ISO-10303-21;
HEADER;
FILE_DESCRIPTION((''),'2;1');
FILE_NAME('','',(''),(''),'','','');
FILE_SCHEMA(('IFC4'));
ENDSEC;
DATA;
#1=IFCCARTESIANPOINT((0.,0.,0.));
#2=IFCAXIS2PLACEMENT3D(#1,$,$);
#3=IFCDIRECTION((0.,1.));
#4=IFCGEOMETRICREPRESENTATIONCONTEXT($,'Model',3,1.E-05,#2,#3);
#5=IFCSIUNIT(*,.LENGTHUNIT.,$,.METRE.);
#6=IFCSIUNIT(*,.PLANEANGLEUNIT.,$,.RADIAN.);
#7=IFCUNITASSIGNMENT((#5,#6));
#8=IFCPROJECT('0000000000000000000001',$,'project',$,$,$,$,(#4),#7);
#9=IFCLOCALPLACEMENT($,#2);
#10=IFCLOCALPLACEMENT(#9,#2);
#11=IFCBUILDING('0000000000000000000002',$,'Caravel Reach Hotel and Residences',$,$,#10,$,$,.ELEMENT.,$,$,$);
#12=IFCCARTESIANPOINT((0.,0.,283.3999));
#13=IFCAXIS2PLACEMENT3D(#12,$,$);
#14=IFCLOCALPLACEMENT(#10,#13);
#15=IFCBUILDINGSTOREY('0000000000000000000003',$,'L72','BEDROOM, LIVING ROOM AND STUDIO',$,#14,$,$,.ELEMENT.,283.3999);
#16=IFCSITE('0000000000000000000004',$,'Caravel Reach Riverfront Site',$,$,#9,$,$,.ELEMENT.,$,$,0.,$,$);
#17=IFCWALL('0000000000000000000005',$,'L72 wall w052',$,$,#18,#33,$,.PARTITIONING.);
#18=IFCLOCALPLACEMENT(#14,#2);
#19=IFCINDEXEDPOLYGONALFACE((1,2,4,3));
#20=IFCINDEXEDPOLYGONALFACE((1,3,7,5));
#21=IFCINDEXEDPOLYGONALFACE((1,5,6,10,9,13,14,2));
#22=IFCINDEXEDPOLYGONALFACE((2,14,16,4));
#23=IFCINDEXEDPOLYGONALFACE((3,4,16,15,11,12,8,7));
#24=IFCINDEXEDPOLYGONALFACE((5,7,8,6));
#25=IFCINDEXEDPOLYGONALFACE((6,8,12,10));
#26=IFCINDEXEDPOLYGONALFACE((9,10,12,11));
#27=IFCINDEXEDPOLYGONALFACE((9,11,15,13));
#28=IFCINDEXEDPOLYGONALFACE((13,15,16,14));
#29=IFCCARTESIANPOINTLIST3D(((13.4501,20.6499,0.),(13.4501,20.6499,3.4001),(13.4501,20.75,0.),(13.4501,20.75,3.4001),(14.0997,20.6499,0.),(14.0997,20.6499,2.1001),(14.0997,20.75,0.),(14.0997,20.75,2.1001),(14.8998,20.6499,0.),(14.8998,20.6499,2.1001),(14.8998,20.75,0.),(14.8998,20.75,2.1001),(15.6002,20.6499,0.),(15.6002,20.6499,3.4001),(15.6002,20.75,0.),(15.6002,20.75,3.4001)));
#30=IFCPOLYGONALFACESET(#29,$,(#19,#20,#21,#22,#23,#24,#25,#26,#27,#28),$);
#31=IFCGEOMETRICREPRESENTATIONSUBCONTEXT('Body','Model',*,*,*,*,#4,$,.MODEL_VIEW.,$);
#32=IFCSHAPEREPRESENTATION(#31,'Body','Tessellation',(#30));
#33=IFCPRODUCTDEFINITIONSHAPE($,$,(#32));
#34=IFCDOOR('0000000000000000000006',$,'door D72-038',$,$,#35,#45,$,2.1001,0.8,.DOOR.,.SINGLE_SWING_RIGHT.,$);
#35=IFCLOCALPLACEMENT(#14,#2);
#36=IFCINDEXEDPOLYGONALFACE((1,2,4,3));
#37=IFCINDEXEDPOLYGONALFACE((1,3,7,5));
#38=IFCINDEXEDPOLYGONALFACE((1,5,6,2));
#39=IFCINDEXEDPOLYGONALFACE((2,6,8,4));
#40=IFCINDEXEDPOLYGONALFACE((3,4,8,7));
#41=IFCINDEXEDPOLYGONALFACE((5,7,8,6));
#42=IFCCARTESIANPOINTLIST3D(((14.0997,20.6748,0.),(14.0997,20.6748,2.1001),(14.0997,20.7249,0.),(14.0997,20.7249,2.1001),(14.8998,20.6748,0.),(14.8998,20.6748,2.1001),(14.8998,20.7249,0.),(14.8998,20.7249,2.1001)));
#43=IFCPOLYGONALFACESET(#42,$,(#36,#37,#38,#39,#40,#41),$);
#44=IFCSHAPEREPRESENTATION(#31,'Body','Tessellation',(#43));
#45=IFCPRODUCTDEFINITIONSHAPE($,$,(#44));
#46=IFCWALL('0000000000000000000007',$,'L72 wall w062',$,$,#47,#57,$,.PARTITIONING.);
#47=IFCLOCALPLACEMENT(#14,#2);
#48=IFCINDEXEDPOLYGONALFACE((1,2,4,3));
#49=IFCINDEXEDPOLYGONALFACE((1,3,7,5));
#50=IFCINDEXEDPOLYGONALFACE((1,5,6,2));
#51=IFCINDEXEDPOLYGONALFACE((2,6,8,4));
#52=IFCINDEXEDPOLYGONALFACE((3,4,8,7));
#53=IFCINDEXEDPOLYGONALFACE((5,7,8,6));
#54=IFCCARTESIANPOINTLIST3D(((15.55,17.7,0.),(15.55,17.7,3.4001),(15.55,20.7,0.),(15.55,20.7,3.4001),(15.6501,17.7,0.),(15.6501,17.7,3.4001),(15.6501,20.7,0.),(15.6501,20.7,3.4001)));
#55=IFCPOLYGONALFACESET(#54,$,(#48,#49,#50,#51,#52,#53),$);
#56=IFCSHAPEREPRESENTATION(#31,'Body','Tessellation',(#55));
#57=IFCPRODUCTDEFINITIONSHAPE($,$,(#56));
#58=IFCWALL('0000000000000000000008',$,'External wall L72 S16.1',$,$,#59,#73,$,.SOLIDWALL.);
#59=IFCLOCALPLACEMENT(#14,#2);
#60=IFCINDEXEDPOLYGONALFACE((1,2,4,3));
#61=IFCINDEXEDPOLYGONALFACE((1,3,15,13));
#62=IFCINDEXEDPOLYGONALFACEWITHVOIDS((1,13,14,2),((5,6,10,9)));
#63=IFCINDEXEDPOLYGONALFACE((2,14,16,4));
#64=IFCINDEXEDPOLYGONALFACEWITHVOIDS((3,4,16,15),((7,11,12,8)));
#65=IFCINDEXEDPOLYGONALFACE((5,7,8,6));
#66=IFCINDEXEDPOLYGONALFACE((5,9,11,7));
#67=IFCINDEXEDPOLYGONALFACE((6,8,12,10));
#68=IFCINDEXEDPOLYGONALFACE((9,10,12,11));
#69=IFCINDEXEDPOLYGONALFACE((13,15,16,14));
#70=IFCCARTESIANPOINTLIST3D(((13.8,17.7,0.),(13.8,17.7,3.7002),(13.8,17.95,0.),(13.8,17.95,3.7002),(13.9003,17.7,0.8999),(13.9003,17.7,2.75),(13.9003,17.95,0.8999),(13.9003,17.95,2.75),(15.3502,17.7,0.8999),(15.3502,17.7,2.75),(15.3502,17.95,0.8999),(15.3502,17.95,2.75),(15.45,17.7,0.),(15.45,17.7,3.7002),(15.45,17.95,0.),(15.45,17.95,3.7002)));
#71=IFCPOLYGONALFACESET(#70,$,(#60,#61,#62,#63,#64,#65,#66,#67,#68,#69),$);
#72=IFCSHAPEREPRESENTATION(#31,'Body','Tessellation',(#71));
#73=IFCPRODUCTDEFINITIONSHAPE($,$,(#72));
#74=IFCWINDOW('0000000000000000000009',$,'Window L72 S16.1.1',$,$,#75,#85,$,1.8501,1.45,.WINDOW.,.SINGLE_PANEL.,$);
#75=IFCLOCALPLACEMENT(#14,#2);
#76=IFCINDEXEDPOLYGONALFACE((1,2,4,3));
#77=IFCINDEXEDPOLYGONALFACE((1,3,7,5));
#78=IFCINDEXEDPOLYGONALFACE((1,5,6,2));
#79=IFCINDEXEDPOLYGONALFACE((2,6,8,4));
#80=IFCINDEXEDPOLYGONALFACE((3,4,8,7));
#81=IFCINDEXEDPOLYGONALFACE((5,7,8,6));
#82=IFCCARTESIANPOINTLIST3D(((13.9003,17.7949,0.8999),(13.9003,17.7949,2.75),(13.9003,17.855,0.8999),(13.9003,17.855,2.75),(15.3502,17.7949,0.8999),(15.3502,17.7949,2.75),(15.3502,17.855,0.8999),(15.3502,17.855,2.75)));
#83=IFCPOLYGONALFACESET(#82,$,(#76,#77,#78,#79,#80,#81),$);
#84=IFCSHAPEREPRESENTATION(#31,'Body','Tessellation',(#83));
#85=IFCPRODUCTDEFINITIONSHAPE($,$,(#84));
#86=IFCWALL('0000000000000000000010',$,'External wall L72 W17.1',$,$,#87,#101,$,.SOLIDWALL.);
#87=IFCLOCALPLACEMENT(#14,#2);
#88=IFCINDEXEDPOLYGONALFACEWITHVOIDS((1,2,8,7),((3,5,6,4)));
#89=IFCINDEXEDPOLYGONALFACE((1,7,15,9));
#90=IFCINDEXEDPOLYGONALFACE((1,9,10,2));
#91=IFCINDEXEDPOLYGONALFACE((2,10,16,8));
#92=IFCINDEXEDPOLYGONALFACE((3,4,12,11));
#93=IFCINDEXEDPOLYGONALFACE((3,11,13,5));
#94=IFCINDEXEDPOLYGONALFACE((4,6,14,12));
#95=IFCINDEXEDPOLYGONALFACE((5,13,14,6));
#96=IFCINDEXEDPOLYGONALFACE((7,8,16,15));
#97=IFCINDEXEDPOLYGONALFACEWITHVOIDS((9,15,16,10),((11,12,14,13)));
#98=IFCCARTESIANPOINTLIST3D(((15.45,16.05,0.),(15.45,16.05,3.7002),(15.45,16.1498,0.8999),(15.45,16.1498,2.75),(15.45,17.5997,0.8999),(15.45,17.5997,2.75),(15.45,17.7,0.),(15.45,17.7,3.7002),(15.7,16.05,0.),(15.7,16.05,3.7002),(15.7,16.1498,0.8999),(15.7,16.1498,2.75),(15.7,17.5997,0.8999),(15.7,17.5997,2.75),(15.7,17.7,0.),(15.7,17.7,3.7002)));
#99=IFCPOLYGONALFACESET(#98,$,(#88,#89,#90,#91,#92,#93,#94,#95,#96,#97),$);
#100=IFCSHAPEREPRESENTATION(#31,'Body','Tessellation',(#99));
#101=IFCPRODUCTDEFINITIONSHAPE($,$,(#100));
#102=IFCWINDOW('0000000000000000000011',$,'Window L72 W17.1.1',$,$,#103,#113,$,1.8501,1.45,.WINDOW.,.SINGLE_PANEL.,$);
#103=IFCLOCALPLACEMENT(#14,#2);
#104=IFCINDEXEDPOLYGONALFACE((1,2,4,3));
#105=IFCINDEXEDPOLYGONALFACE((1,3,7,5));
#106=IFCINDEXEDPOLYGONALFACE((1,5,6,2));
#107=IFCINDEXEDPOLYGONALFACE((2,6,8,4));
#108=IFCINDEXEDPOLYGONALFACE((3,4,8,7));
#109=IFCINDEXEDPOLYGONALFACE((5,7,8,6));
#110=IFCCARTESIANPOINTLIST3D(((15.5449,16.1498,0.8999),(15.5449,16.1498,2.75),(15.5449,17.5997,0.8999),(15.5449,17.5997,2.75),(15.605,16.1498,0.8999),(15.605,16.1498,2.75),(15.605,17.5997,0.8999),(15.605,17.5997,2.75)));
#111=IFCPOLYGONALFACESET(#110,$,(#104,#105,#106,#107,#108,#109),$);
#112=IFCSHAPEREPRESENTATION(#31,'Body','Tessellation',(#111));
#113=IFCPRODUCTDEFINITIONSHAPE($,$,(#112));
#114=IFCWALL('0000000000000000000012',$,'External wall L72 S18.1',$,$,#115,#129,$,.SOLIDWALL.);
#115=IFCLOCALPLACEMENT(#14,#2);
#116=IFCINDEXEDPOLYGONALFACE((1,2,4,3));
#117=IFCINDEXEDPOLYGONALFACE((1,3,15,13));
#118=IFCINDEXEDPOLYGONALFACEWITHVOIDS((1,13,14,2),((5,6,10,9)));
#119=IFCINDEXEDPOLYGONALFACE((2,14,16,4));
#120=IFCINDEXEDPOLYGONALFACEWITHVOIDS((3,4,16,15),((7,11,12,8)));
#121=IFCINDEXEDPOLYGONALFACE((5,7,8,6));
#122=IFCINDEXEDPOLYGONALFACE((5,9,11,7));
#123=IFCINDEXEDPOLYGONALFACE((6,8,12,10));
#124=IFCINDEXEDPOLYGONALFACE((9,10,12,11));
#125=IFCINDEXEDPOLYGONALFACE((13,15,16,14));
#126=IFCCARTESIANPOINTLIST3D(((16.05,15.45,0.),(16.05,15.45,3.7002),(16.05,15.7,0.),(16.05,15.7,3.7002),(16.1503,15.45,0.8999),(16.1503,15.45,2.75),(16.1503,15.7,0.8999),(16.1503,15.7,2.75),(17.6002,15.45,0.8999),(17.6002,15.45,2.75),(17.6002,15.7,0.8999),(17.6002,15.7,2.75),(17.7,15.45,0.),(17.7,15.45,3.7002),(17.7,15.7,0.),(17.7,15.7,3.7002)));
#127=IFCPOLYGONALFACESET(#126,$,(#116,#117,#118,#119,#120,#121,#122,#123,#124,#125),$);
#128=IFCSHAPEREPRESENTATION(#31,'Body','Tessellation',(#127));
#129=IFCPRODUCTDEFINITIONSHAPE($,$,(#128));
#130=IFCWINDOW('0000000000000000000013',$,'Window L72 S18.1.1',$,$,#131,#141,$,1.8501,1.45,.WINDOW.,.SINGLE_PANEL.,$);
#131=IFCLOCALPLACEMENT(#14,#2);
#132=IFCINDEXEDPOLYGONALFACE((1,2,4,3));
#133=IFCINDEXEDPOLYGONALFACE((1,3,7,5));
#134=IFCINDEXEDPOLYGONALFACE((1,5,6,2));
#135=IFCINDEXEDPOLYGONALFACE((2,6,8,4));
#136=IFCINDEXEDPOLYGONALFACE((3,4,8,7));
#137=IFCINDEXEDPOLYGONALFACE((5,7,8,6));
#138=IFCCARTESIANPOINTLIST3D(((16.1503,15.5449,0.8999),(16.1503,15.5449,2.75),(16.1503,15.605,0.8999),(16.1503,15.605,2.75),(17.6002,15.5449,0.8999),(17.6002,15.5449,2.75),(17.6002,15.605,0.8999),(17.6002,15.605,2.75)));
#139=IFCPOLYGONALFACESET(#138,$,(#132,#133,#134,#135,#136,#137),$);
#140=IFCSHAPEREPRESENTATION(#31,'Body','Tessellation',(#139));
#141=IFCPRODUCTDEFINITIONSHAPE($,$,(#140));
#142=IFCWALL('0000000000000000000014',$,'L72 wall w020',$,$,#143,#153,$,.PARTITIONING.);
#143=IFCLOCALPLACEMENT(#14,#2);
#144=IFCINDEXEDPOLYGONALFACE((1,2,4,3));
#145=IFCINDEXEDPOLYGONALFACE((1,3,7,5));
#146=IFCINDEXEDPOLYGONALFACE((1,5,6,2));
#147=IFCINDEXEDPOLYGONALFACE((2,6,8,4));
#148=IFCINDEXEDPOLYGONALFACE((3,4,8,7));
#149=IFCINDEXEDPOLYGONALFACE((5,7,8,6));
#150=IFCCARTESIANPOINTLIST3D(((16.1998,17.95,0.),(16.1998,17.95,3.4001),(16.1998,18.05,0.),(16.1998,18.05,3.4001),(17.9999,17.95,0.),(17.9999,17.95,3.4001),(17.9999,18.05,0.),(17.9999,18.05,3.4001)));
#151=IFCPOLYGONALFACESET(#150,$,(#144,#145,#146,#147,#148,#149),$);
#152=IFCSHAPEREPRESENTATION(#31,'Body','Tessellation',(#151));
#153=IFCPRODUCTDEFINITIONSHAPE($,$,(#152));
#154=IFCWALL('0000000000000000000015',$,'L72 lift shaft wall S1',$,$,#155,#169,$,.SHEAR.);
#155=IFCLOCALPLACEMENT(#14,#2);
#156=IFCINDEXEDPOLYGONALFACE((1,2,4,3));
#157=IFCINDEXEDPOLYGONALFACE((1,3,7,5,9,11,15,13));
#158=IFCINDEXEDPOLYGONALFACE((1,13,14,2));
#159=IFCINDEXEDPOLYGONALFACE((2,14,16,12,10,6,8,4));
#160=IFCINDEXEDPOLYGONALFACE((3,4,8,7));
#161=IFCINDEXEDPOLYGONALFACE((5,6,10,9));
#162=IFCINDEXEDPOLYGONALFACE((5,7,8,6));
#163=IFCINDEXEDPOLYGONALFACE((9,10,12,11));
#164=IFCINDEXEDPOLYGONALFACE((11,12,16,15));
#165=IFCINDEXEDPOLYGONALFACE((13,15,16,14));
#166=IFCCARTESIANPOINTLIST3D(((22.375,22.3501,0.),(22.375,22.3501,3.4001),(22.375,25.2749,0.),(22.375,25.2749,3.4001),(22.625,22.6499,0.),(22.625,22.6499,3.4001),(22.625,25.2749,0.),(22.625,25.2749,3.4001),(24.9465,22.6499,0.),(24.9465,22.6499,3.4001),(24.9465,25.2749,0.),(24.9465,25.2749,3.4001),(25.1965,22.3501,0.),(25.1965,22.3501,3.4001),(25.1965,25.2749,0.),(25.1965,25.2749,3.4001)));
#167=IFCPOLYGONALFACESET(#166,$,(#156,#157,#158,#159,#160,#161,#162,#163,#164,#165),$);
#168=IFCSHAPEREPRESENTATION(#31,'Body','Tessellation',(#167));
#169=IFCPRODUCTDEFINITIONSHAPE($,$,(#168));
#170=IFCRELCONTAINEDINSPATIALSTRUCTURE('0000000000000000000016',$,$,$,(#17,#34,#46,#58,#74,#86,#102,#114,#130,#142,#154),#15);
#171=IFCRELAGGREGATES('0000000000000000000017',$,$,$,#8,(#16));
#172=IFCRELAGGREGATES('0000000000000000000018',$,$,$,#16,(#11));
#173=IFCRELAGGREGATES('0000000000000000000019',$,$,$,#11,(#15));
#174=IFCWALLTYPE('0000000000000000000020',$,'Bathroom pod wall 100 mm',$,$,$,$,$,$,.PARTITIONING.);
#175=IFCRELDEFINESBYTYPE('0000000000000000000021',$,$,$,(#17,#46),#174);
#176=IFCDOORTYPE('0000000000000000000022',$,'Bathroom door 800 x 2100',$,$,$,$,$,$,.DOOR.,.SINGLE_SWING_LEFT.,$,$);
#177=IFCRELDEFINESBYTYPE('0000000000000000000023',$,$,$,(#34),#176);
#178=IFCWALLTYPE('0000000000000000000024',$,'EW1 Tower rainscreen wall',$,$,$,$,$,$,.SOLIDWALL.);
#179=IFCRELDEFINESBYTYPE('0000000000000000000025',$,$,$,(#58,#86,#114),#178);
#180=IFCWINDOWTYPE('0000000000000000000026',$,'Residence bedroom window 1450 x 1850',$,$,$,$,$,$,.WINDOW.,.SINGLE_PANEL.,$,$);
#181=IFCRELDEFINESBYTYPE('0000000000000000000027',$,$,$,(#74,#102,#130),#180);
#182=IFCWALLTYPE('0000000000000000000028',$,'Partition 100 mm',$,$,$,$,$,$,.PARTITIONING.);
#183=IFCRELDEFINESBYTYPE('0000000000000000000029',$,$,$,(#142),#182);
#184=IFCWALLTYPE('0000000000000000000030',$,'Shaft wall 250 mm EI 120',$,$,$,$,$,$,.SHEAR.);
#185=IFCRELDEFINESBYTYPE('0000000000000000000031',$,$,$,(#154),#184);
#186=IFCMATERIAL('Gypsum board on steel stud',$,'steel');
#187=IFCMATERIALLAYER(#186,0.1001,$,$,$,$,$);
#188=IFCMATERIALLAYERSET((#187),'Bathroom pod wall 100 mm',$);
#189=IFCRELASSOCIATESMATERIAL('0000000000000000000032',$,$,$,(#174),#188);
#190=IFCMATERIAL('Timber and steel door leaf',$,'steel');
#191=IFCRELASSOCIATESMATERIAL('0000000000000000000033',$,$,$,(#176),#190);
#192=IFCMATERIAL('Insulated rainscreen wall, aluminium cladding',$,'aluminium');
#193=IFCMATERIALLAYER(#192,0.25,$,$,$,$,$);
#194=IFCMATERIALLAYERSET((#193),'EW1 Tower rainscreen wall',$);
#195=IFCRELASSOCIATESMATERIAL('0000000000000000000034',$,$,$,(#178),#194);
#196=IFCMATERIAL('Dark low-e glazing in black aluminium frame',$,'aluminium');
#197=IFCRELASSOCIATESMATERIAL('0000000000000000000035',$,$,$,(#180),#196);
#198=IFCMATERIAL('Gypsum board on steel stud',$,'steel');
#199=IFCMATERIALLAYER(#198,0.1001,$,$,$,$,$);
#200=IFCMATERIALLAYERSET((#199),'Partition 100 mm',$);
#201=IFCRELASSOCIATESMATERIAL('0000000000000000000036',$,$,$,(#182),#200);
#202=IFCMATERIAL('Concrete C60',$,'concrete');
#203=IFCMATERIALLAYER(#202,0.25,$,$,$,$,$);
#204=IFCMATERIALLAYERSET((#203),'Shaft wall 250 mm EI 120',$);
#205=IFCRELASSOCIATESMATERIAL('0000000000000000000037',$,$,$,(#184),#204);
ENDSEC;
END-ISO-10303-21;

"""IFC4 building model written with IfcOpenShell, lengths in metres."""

from ifc_helpers import new_model, si_unit, direction, frame, frame_2d, origin, place, context, subcontext, project, spatial, polyline, rectangle, outline, extrude, material, layer, layer_set, type_object, element, fill, save


model = new_model("IFC4")

# Units and contexts
model_context = context("Model", 3, precision=1e-05, world=origin(), true_north=direction((0.0, 1.0)))
body_context = subcontext(model_context, "Body", "Model", "MODEL_VIEW")
ifc_project = project(units=[si_unit("LENGTHUNIT", "METRE"), si_unit("PLANEANGLEUNIT", "RADIAN")], contexts=[model_context])

# Site, building, storey
site_placement = place(None, origin())
site = spatial("IfcSite", under=ifc_project, at=site_placement, Name="Caravel Reach Riverfront Site", CompositionType="ELEMENT", RefElevation=0.0)
building_placement = place(site_placement, origin())
building = spatial("IfcBuilding", under=site, at=building_placement, Name="Caravel Reach Hotel and Residences", CompositionType="ELEMENT")
storey_placement = place(building_placement, frame((0.0, 0.0, 283.3999)))
storey = spatial("IfcBuildingStorey", under=building, at=storey_placement, Name="L72", Description="BEDROOM, LIVING ROOM AND STUDIO", CompositionType="ELEMENT", Elevation=283.3999)

# Wall, opening, door
ifc_material_1 = material(Name="Gypsum board on steel stud", Category="steel")
ifc_layer_1 = layer(ifc_material_1, 0.1001)
ifc_layer_set_1 = layer_set([ifc_layer_1], Name="Bathroom pod wall 100 mm")
wall_type_1 = type_object("IfcWallType", Name="Bathroom pod wall 100 mm", PredefinedType="PARTITIONING", material=ifc_layer_set_1)
wall_1_placement = place(storey_placement, frame((13.45, 20.7, 0.0), z_axis=(0.0, 0.0, 1.0), x_axis=(1.0, 0.0, 0.0)))
wall_1 = element("IfcWall", 1, at=wall_1_placement, inside=storey, type_object=wall_type_1, Name="L72 wall w052", PredefinedType="PARTITIONING", context=body_context, shape_type="SweptSolid", body=[
    extrude(rectangle(XDim=2.1501, YDim=0.1001, at=frame_2d((1.0752, 0.0))), origin(), (0.0, 0.0, 1.0), 3.4001),
])
opening_1_placement = place(wall_1_placement, frame((0.6499, 0.0, 0.0)))
opening_1 = element("IfcOpeningElement", 2, at=opening_1_placement, cuts=wall_1, PredefinedType="OPENING", context=body_context, shape_type="SweptSolid", body=[
    extrude(rectangle(XDim=0.8, YDim=2.1001, at=frame_2d((0.3999, 1.05))), frame((0.0, 0.0601, 0.0), z_axis=(0.0, -1.0, 0.0), x_axis=(1.0, 0.0, 0.0)), (0.0, 0.0, 1.0), 0.1201),
])
ifc_material_2 = material(Name="Timber and steel door leaf", Category="steel")
door_type = type_object("IfcDoorType", Name="Bathroom door 800 x 2100", OperationType="SINGLE_SWING_LEFT", PredefinedType="DOOR", material=ifc_material_2)
door_placement = place(opening_1_placement, origin())
door = element("IfcDoor", 3, at=door_placement, inside=storey, type_object=door_type, Name="door D72-038", OperationType="SINGLE_SWING_RIGHT", OverallHeight=2.1001, OverallWidth=0.8, PredefinedType="DOOR", context=body_context, shape_type="SweptSolid", body=[
    extrude(rectangle(XDim=0.8, YDim=2.1001, at=frame_2d((0.3999, 1.05))), frame((0.0, 0.0249, 0.0), z_axis=(0.0, -1.0, 0.0), x_axis=(1.0, 0.0, 0.0)), (0.0, 0.0, 1.0), 0.05),
])
fill(opening_1, door)

# Wall
wall_2_placement = place(storey_placement, frame((15.6001, 17.7, 0.0), z_axis=(0.0, 0.0, 1.0), x_axis=(0.0, 1.0, 0.0)))
element("IfcWall", 4, at=wall_2_placement, inside=storey, type_object=wall_type_1, Name="L72 wall w062", PredefinedType="PARTITIONING", context=body_context, shape_type="SweptSolid", body=[
    extrude(rectangle(XDim=3.0, YDim=0.1001, at=frame_2d((1.5, 0.0))), origin(), (0.0, 0.0, 1.0), 3.4001),
])

# Walls, openings, windows
ifc_material_3 = material(Name="Insulated rainscreen wall, aluminium cladding", Category="aluminium")
ifc_layer_2 = layer(ifc_material_3, 0.25)
ifc_layer_set_2 = layer_set([ifc_layer_2], Name="EW1 Tower rainscreen wall")
wall_type_2 = type_object("IfcWallType", Name="EW1 Tower rainscreen wall", PredefinedType="SOLIDWALL", material=ifc_layer_set_2)
wall_3_placement = place(storey_placement, frame((13.8, 17.825, 0.0), z_axis=(0.0, 0.0, 1.0), x_axis=(1.0, 0.0, 0.0)))
wall_3 = element("IfcWall", 5, at=wall_3_placement, inside=storey, type_object=wall_type_2, Name="External wall L72 S16.1", PredefinedType="SOLIDWALL", context=body_context, shape_type="SweptSolid", body=[
    extrude(rectangle(XDim=1.6499, YDim=0.25, at=frame_2d((0.825, 0.0))), origin(), (0.0, 0.0, 1.0), 3.7002),
])
opening_2_placement = place(wall_3_placement, frame((0.1001, 0.0, 0.8999)))
opening_2 = element("IfcOpeningElement", 6, at=opening_2_placement, cuts=wall_3, PredefinedType="OPENING", context=body_context, shape_type="SweptSolid", body=[
    extrude(rectangle(XDim=1.45, YDim=1.8501, at=frame_2d((0.7251, 0.925))), frame((0.0, 0.135, 0.0), z_axis=(0.0, -1.0, 0.0), x_axis=(1.0, 0.0, 0.0)), (0.0, 0.0, 1.0), 0.27),
])
ifc_material_4 = material(Name="Dark low-e glazing in black aluminium frame", Category="aluminium")
window_type = type_object("IfcWindowType", Name="Residence bedroom window 1450 x 1850", PartitioningType="SINGLE_PANEL", PredefinedType="WINDOW", material=ifc_material_4)
window_1_placement = place(opening_2_placement, origin())
window_1 = element("IfcWindow", 7, at=window_1_placement, inside=storey, type_object=window_type, Name="Window L72 S16.1.1", OverallHeight=1.8501, OverallWidth=1.45, PartitioningType="SINGLE_PANEL", PredefinedType="WINDOW", context=body_context, shape_type="SweptSolid", body=[
    extrude(rectangle(XDim=1.45, YDim=1.8501, at=frame_2d((0.7251, 0.925))), frame((0.0, 0.03, 0.0), z_axis=(0.0, -1.0, 0.0), x_axis=(1.0, 0.0, 0.0)), (0.0, 0.0, 1.0), 0.0601),
])
fill(opening_2, window_1)
wall_4_placement = place(storey_placement, frame((15.575, 17.7, 0.0), z_axis=(0.0, 0.0, 1.0), x_axis=(0.0, -1.0, 0.0)))
wall_4 = element("IfcWall", 8, at=wall_4_placement, inside=storey, type_object=wall_type_2, Name="External wall L72 W17.1", PredefinedType="SOLIDWALL", context=body_context, shape_type="SweptSolid", body=[
    extrude(rectangle(XDim=1.6499, YDim=0.25, at=frame_2d((0.825, 0.0))), origin(), (0.0, 0.0, 1.0), 3.7002),
])
opening_3_placement = place(wall_4_placement, frame((0.1001, 0.0, 0.8999)))
opening_3 = element("IfcOpeningElement", 9, at=opening_3_placement, cuts=wall_4, PredefinedType="OPENING", context=body_context, shape_type="SweptSolid", body=[
    extrude(rectangle(XDim=1.45, YDim=1.8501, at=frame_2d((0.7251, 0.925))), frame((0.0, 0.135, 0.0), z_axis=(0.0, -1.0, 0.0), x_axis=(1.0, 0.0, 0.0)), (0.0, 0.0, 1.0), 0.27),
])
window_2_placement = place(opening_3_placement, origin())
window_2 = element("IfcWindow", 10, at=window_2_placement, inside=storey, type_object=window_type, Name="Window L72 W17.1.1", OverallHeight=1.8501, OverallWidth=1.45, PartitioningType="SINGLE_PANEL", PredefinedType="WINDOW", context=body_context, shape_type="SweptSolid", body=[
    extrude(rectangle(XDim=1.45, YDim=1.8501, at=frame_2d((0.7251, 0.925))), frame((0.0, 0.03, 0.0), z_axis=(0.0, -1.0, 0.0), x_axis=(1.0, 0.0, 0.0)), (0.0, 0.0, 1.0), 0.0601),
])
fill(opening_3, window_2)
wall_5_placement = place(storey_placement, frame((16.05, 15.575, 0.0), z_axis=(0.0, 0.0, 1.0), x_axis=(1.0, 0.0, 0.0)))
wall_5 = element("IfcWall", 11, at=wall_5_placement, inside=storey, type_object=wall_type_2, Name="External wall L72 S18.1", PredefinedType="SOLIDWALL", context=body_context, shape_type="SweptSolid", body=[
    extrude(rectangle(XDim=1.6499, YDim=0.25, at=frame_2d((0.825, 0.0))), origin(), (0.0, 0.0, 1.0), 3.7002),
])
opening_4_placement = place(wall_5_placement, frame((0.1001, 0.0, 0.8999)))
opening_4 = element("IfcOpeningElement", 12, at=opening_4_placement, cuts=wall_5, PredefinedType="OPENING", context=body_context, shape_type="SweptSolid", body=[
    extrude(rectangle(XDim=1.45, YDim=1.8501, at=frame_2d((0.7251, 0.925))), frame((0.0, 0.135, 0.0), z_axis=(0.0, -1.0, 0.0), x_axis=(1.0, 0.0, 0.0)), (0.0, 0.0, 1.0), 0.27),
])
window_3_placement = place(opening_4_placement, origin())
window_3 = element("IfcWindow", 13, at=window_3_placement, inside=storey, type_object=window_type, Name="Window L72 S18.1.1", OverallHeight=1.8501, OverallWidth=1.45, PartitioningType="SINGLE_PANEL", PredefinedType="WINDOW", context=body_context, shape_type="SweptSolid", body=[
    extrude(rectangle(XDim=1.45, YDim=1.8501, at=frame_2d((0.7251, 0.925))), frame((0.0, 0.03, 0.0), z_axis=(0.0, -1.0, 0.0), x_axis=(1.0, 0.0, 0.0)), (0.0, 0.0, 1.0), 0.0601),
])
fill(opening_4, window_3)

# Walls
ifc_material_5 = material(Name="Gypsum board on steel stud", Category="steel")
ifc_layer_3 = layer(ifc_material_5, 0.1001)
ifc_layer_set_3 = layer_set([ifc_layer_3], Name="Partition 100 mm")
wall_type_3 = type_object("IfcWallType", Name="Partition 100 mm", PredefinedType="PARTITIONING", material=ifc_layer_set_3)
wall_6_placement = place(storey_placement, frame((16.2, 18.0, 0.0), z_axis=(0.0, 0.0, 1.0), x_axis=(1.0, 0.0, 0.0)))
element("IfcWall", 14, at=wall_6_placement, inside=storey, type_object=wall_type_3, Name="L72 wall w020", PredefinedType="PARTITIONING", context=body_context, shape_type="SweptSolid", body=[
    extrude(rectangle(XDim=1.8, YDim=0.1001, at=frame_2d((0.8999, 0.0))), origin(), (0.0, 0.0, 1.0), 3.4001),
])
ifc_material_6 = material(Name="Concrete C60", Category="concrete")
ifc_layer_4 = layer(ifc_material_6, 0.25)
ifc_layer_set_4 = layer_set([ifc_layer_4], Name="Shaft wall 250 mm EI 120")
wall_type_4 = type_object("IfcWallType", Name="Shaft wall 250 mm EI 120", PredefinedType="SHEAR", material=ifc_layer_set_4)
wall_7_placement = place(storey_placement, origin())
element("IfcWall", 15, at=wall_7_placement, inside=storey, type_object=wall_type_4, Name="L72 lift shaft wall S1", PredefinedType="SHEAR", context=body_context, shape_type="SweptSolid", body=[
    extrude(outline(polyline([(22.375, 22.3501), (25.1965, 22.3501), (25.1965, 25.2749), (24.9465, 25.2749), (24.9465, 22.6499), (22.625, 22.6499), (22.625, 25.2749), (22.375, 25.2749), (22.375, 22.3501)])), origin(), (0.0, 0.0, 1.0), 3.4001),
])

save(model, "model.ifc")
